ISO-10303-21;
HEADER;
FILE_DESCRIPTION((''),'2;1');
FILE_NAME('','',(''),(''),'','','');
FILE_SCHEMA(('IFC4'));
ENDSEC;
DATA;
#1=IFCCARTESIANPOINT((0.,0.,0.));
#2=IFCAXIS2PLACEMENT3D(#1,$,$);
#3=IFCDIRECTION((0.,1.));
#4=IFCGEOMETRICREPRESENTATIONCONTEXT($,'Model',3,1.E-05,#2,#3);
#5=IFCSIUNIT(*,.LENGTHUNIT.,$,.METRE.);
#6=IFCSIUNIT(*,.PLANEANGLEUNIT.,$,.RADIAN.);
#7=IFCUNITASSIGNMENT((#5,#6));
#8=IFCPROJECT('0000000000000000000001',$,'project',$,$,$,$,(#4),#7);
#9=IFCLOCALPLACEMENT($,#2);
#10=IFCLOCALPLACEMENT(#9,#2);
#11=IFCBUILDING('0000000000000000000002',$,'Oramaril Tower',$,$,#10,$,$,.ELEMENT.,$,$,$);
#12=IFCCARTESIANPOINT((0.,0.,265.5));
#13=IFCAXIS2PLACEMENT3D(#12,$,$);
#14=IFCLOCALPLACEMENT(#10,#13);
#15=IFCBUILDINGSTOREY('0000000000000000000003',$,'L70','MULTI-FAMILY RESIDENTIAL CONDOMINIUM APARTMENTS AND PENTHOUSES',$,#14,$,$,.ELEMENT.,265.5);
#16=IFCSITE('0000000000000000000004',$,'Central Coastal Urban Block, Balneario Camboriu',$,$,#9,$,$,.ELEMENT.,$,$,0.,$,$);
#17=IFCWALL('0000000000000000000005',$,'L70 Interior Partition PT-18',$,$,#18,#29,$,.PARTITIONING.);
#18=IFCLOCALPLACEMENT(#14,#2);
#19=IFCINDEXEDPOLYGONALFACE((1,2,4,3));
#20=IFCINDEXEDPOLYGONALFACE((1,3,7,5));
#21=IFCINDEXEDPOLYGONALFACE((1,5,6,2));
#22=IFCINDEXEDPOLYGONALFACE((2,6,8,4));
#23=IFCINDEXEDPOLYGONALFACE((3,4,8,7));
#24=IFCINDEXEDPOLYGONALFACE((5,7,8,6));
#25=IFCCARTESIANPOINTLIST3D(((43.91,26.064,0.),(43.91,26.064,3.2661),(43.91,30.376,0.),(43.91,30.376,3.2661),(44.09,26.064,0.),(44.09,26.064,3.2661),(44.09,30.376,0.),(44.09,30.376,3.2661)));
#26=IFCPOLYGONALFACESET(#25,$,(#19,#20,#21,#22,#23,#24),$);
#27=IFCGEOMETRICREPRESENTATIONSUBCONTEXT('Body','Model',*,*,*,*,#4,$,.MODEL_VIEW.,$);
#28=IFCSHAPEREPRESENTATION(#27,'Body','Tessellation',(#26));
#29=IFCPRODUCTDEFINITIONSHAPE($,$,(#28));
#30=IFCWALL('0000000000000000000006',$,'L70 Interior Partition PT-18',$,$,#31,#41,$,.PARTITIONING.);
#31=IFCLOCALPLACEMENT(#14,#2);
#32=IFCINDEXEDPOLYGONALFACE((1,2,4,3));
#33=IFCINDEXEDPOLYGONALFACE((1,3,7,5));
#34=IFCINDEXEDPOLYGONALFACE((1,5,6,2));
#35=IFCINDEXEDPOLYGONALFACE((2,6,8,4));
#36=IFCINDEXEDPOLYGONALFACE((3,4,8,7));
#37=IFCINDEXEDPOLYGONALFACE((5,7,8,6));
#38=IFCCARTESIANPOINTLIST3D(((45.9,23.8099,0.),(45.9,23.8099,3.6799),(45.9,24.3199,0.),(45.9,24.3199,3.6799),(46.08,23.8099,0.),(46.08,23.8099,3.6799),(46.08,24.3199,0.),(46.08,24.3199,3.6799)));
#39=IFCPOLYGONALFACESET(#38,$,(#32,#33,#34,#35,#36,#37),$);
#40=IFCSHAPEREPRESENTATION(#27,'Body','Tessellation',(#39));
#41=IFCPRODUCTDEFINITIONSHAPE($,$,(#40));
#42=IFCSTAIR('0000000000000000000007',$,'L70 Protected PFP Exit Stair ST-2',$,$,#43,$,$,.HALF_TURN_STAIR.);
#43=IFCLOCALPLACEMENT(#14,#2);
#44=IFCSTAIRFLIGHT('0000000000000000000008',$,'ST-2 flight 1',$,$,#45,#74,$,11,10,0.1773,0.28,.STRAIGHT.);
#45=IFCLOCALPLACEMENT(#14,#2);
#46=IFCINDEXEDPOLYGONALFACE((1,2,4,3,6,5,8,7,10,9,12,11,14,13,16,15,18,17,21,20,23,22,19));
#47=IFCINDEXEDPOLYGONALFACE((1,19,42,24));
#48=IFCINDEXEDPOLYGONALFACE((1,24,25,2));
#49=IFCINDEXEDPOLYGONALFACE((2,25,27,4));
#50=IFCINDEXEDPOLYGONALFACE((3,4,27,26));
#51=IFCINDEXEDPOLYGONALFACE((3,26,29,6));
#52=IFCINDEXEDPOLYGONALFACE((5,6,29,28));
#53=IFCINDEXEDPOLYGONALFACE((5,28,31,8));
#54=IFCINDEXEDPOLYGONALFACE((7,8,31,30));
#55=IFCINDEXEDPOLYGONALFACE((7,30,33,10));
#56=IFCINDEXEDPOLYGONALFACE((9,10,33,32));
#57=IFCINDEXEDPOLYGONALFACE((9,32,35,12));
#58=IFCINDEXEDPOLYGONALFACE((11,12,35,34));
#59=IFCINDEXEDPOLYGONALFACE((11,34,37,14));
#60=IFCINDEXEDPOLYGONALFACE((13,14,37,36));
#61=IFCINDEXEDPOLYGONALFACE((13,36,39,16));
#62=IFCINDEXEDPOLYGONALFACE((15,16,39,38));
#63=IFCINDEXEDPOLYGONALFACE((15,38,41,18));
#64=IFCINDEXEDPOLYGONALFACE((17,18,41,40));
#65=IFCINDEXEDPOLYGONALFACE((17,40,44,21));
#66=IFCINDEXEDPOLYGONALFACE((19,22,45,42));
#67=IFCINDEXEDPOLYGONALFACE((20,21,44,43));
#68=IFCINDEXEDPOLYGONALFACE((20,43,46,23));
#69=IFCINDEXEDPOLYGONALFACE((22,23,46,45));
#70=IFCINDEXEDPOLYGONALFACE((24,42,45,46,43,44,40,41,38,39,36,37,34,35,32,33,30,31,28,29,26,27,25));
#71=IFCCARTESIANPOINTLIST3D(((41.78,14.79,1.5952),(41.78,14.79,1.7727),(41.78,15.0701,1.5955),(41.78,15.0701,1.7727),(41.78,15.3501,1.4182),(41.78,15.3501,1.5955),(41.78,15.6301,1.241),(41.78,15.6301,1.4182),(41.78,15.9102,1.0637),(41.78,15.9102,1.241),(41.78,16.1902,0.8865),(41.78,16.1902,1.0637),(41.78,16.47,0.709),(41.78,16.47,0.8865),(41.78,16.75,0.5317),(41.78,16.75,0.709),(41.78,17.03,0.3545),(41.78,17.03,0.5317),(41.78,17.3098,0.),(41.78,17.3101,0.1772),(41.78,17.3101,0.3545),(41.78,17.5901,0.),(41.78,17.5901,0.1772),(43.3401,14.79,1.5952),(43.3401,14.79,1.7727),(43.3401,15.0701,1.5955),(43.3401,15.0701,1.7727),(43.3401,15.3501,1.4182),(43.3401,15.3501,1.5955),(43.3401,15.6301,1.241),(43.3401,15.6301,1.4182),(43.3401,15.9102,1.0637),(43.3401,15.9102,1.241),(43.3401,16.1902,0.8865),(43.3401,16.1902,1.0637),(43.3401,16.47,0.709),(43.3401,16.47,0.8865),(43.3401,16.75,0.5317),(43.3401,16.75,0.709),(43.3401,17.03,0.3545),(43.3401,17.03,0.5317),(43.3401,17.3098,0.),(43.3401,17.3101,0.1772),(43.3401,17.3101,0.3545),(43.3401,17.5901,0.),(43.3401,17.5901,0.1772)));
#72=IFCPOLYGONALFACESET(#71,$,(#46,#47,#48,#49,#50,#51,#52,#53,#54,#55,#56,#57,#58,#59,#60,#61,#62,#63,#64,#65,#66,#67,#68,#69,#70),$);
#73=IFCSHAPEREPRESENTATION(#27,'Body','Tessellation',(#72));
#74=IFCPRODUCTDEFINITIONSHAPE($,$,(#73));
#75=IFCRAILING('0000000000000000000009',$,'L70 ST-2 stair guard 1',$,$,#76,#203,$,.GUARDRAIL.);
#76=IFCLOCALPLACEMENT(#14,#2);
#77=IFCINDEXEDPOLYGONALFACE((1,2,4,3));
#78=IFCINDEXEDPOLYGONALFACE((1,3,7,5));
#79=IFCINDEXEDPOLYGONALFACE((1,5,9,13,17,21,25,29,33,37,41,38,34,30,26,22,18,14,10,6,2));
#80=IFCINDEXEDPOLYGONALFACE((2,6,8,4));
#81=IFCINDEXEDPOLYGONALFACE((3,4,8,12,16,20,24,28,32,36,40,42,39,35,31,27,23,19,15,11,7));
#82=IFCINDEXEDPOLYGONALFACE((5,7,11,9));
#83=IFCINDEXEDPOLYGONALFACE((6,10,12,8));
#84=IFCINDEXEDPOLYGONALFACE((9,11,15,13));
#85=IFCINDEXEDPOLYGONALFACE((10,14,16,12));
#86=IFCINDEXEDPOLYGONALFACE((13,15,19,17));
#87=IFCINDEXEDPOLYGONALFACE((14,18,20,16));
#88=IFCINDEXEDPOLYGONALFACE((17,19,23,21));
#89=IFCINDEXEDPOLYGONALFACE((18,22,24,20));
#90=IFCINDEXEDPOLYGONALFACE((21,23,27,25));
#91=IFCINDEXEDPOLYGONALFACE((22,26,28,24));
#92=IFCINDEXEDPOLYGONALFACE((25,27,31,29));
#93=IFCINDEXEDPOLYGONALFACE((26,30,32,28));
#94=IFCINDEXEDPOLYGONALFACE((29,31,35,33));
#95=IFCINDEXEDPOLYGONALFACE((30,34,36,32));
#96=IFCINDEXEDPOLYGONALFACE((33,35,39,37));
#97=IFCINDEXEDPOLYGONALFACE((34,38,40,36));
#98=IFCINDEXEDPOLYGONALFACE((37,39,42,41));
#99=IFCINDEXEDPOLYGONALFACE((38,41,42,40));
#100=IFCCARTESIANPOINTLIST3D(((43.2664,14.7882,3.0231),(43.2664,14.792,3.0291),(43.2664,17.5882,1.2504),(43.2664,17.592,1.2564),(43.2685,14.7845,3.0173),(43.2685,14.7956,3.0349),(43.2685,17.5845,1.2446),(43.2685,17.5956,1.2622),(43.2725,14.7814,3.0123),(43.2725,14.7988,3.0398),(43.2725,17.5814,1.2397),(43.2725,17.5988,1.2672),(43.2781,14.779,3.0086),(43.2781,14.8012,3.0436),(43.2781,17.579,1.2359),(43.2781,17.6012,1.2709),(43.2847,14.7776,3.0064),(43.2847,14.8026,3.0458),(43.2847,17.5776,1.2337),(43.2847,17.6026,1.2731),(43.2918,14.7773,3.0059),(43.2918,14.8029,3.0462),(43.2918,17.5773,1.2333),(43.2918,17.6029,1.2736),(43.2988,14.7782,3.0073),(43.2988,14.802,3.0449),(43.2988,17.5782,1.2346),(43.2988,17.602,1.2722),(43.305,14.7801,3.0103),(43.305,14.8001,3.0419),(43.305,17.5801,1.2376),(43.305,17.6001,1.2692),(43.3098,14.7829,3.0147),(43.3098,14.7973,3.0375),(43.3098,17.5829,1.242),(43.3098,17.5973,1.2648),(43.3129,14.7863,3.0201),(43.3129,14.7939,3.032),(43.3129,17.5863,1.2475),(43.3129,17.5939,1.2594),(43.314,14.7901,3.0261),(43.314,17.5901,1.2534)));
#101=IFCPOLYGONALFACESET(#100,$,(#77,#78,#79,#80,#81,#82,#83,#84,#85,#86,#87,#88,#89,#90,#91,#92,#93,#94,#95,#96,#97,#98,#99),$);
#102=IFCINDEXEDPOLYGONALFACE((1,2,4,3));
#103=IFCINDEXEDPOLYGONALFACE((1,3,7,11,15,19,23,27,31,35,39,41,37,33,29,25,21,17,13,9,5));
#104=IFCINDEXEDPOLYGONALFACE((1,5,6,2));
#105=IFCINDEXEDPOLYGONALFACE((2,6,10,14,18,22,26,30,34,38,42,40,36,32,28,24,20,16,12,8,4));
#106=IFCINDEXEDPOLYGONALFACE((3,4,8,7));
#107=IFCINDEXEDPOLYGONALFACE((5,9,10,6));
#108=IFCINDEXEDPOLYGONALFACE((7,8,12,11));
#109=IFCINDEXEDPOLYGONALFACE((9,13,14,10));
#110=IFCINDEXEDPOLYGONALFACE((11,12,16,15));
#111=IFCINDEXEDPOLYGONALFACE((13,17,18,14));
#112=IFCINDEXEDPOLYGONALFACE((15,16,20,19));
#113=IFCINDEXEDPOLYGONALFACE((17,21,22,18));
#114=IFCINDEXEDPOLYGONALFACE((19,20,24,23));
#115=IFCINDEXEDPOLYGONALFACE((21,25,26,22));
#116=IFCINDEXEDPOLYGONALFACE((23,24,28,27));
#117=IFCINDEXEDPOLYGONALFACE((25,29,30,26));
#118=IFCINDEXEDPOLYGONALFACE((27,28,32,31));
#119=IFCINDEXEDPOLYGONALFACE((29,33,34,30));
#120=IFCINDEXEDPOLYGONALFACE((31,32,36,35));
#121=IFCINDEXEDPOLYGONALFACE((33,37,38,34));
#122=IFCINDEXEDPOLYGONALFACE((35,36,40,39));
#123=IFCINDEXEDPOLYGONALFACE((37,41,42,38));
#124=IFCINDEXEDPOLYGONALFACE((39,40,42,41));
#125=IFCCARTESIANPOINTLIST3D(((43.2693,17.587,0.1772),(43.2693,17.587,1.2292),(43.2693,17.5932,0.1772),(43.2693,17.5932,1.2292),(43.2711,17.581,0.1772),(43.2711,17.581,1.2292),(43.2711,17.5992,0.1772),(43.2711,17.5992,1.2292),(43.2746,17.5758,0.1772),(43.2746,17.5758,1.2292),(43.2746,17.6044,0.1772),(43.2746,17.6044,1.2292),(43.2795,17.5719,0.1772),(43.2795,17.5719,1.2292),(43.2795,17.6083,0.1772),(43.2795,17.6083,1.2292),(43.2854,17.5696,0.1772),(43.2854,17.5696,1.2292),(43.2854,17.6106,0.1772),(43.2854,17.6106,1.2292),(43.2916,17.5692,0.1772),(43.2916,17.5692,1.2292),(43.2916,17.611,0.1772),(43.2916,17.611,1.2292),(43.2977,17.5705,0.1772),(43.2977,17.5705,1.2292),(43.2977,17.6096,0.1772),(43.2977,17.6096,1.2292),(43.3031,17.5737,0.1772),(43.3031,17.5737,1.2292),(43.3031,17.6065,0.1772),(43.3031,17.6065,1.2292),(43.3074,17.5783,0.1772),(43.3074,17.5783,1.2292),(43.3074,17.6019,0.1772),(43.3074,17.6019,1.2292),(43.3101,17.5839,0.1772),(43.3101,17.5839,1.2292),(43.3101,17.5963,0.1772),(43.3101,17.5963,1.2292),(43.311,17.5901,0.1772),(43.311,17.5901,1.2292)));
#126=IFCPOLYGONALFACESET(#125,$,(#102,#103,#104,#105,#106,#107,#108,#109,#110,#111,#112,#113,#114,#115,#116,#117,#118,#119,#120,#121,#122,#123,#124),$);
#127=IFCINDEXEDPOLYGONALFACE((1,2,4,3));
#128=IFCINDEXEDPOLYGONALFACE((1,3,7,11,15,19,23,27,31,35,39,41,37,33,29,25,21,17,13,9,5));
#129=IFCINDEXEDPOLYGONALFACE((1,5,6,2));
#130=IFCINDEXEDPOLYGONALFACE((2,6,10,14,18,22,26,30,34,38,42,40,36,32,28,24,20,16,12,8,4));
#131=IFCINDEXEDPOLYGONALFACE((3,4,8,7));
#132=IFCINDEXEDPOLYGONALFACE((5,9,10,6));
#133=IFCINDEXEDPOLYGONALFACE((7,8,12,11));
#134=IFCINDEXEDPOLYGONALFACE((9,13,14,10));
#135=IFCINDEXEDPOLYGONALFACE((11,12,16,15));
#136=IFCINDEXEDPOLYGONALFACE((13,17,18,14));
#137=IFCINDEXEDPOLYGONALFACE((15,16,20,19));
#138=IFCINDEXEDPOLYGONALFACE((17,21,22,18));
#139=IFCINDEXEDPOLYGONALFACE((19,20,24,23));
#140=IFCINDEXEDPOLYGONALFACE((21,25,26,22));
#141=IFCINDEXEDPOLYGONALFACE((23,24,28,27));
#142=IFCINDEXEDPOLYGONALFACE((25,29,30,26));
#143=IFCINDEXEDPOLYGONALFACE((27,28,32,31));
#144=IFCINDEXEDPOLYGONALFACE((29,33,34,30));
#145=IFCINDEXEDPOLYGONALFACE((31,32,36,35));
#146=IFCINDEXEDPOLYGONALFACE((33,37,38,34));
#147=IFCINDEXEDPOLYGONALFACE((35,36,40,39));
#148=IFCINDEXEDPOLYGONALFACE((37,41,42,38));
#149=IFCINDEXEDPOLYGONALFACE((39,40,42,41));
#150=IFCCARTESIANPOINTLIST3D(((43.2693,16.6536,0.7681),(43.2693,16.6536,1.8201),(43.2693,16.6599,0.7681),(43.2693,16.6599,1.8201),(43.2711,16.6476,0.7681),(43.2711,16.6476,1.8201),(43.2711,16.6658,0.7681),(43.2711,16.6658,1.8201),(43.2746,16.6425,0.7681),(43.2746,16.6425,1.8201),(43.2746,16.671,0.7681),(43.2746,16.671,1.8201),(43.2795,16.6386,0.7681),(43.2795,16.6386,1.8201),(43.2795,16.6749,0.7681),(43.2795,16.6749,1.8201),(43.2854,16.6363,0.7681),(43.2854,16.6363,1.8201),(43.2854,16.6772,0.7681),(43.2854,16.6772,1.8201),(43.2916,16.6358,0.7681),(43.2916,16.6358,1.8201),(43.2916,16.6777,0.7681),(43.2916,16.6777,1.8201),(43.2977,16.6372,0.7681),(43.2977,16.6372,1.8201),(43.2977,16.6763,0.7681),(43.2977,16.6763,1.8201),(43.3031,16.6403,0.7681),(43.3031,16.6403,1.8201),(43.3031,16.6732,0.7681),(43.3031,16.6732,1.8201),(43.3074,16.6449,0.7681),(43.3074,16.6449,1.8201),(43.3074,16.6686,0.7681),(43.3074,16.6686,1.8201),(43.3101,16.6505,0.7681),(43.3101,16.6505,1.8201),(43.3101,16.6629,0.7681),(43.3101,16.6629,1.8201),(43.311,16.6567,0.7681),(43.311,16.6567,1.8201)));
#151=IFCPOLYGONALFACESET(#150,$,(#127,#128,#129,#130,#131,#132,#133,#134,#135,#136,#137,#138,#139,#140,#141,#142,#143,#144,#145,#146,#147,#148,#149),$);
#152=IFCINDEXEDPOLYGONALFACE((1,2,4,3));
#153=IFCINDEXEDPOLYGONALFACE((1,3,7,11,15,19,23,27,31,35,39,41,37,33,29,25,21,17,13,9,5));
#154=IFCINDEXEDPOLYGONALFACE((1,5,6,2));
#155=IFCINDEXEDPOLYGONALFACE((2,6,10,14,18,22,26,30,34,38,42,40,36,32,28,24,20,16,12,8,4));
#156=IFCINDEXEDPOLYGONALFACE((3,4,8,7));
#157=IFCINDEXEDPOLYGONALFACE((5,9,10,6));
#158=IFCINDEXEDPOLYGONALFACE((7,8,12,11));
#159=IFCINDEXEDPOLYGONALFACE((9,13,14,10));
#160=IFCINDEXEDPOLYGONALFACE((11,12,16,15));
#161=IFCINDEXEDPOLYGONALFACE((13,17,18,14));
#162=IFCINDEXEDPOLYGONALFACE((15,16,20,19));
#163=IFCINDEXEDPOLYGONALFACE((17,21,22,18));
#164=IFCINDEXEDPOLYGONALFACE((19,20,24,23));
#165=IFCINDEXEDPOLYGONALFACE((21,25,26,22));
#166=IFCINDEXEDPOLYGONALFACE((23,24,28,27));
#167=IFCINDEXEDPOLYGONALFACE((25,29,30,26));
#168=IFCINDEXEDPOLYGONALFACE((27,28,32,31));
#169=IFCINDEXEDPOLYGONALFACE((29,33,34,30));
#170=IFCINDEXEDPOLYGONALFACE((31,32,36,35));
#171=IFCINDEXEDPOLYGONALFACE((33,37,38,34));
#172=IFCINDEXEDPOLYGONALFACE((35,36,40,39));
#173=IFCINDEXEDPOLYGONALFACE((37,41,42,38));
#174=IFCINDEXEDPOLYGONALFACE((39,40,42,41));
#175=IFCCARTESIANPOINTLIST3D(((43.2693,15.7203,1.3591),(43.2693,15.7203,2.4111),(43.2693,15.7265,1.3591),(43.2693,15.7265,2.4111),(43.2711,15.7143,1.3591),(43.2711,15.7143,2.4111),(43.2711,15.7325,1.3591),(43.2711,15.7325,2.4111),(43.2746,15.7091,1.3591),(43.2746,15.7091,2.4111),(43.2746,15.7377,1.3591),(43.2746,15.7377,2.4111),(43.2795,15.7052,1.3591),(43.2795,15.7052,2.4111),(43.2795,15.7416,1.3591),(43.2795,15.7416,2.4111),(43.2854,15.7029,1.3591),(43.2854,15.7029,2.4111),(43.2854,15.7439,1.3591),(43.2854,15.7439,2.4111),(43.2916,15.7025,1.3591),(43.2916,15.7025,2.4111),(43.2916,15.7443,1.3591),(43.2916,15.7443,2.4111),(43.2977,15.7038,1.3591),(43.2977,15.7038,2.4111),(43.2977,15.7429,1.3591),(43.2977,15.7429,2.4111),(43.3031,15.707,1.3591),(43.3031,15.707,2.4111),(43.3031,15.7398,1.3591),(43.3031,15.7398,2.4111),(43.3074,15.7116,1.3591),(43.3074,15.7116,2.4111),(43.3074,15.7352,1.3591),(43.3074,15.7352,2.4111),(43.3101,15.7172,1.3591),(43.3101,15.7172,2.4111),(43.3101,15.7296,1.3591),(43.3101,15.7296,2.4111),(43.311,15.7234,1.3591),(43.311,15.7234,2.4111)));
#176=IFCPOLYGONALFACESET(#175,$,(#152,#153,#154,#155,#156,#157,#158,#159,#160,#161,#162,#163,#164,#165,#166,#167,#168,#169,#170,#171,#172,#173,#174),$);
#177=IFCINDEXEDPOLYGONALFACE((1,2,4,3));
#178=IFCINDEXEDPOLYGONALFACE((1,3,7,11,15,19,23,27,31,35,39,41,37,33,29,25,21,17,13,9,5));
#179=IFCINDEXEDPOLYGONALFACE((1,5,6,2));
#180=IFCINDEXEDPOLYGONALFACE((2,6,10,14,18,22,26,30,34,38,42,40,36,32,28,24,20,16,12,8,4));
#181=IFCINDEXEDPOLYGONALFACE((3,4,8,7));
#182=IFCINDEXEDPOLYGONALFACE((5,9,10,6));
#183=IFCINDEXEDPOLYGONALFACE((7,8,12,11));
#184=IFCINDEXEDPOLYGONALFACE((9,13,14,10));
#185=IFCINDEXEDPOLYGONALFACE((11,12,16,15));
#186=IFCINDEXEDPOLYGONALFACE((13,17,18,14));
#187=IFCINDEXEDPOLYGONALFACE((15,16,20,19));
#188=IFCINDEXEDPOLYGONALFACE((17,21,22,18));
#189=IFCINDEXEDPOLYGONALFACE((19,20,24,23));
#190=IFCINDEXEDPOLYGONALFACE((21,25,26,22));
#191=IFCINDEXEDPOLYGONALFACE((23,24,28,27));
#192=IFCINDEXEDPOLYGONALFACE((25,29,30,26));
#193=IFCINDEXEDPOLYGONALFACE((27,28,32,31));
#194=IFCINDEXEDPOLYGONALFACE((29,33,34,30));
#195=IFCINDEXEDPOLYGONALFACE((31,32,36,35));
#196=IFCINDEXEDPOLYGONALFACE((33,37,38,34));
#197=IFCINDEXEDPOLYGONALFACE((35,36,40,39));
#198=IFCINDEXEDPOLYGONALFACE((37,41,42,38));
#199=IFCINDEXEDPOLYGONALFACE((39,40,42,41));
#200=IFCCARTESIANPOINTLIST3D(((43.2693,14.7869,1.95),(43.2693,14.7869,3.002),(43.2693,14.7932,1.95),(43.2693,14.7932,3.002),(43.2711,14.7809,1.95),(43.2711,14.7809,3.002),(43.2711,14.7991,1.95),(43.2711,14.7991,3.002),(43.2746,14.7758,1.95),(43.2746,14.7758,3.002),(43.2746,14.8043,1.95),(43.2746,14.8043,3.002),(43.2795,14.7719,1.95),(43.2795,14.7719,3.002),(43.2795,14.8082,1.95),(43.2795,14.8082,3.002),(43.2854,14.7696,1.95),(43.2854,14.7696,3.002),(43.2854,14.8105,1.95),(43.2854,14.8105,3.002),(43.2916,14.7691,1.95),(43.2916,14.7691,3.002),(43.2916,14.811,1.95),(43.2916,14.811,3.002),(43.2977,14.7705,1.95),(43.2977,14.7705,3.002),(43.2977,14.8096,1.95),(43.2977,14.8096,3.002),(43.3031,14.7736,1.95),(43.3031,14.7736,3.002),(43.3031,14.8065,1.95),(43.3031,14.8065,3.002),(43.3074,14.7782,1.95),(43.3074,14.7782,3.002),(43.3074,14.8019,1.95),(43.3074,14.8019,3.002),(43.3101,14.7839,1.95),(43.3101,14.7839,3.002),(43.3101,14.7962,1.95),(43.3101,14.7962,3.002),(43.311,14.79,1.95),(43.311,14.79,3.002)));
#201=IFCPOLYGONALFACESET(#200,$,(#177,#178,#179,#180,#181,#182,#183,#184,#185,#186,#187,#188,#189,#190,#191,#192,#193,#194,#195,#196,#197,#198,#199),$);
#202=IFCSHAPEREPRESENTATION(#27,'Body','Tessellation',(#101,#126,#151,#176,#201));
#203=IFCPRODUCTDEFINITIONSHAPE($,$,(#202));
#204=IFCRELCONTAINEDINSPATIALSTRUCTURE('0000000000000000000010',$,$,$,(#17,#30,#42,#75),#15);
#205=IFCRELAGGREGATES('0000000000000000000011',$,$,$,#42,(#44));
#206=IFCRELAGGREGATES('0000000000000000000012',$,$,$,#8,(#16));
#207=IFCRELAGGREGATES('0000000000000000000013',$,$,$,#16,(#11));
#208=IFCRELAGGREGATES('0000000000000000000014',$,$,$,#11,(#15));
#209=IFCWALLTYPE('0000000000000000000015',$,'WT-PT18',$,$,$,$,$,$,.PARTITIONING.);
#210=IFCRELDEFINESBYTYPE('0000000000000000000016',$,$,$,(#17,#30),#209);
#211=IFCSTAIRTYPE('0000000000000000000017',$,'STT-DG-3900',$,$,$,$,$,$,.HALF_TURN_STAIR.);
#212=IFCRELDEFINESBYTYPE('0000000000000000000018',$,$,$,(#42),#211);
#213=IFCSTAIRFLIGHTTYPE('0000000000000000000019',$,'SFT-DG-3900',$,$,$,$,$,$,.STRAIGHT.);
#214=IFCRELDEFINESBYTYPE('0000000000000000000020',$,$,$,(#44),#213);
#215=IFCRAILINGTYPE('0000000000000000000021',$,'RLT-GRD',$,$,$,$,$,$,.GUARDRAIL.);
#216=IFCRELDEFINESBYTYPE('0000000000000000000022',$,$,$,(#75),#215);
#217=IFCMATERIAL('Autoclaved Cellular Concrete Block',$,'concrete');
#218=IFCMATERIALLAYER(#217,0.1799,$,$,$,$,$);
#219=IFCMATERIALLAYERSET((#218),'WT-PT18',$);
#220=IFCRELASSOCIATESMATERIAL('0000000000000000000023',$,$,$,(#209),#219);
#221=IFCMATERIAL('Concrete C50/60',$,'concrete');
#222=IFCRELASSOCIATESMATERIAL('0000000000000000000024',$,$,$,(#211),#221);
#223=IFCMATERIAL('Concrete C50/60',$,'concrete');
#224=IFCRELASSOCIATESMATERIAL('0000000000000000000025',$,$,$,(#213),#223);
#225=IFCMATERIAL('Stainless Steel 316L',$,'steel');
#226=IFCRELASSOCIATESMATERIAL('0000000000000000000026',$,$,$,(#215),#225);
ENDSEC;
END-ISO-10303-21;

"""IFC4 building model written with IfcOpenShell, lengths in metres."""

from ifc_helpers import new_model, si_unit, direction, frame, frame_2d, origin, origin_2d, place, context, subcontext, project, spatial, polyline, rectangle, circle, outline, extrude, material, layer, layer_set, type_object, element, aggregate, save


model = new_model("IFC4")

# Units and contexts
model_context = context("Model", 3, precision=1e-05, world=origin(), true_north=direction((0.0, 1.0)))
body_context = subcontext(model_context, "Body", "Model", "MODEL_VIEW")
ifc_project = project(units=[si_unit("LENGTHUNIT", "METRE"), si_unit("PLANEANGLEUNIT", "RADIAN")], contexts=[model_context])

# Site, building, storey
site_placement = place(None, origin())
site = spatial("IfcSite", under=ifc_project, at=site_placement, Name="Central Coastal Urban Block, Balneario Camboriu", CompositionType="ELEMENT", RefElevation=0.0)
building_placement = place(site_placement, origin())
building = spatial("IfcBuilding", under=site, at=building_placement, Name="Oramaril Tower", CompositionType="ELEMENT")
storey_placement = place(building_placement, frame((0.0, 0.0, 265.5)))
storey = spatial("IfcBuildingStorey", under=building, at=storey_placement, Name="L70", Description="MULTI-FAMILY RESIDENTIAL CONDOMINIUM APARTMENTS AND PENTHOUSES", CompositionType="ELEMENT", Elevation=265.5)

# Walls
ifc_material_1 = material(Name="Autoclaved Cellular Concrete Block", Category="concrete")
ifc_layer_1 = layer(ifc_material_1, 0.1799)
ifc_layer_set_1 = layer_set([ifc_layer_1], Name="WT-PT18")
wall_type_1 = type_object("IfcWallType", Name="WT-PT18", PredefinedType="PARTITIONING", material=ifc_layer_set_1)
wall_1_placement = place(storey_placement, frame((44.0, 26.064, 0.0), z_axis=(0.0, 0.0, 1.0), x_axis=(0.0, 1.0, 0.0)))
element("IfcWall", 1, at=wall_1_placement, inside=storey, type_object=wall_type_1, Name="L70 Interior Partition PT-18", PredefinedType="PARTITIONING", context=body_context, shape_type="SweptSolid", body=[
    extrude(rectangle(XDim=4.312, YDim=0.1799, at=frame_2d((2.156, 0.0))), origin(), (0.0, 0.0, 1.0), 3.2661),
])
wall_2_placement = place(storey_placement, frame((45.99, 23.8101, 0.0), z_axis=(0.0, 0.0, 1.0), x_axis=(0.0, 1.0, 0.0)))
element("IfcWall", 2, at=wall_2_placement, inside=storey, type_object=wall_type_1, Name="L70 Interior Partition PT-18", PredefinedType="PARTITIONING", context=body_context, shape_type="SweptSolid", body=[
    extrude(rectangle(XDim=0.51, YDim=0.1799, at=frame_2d((0.2549, 0.0))), origin(), (0.0, 0.0, 1.0), 3.6799),
])

# Stair, stair flight
ifc_material_2 = material(Name="Concrete C50/60", Category="concrete")
stair_type = type_object("IfcStairType", Name="STT-DG-3900", PredefinedType="HALF_TURN_STAIR", material=ifc_material_2)
stair_placement = place(storey_placement, origin())
stair = element("IfcStair", 3, at=stair_placement, inside=storey, type_object=stair_type, Name="L70 Protected PFP Exit Stair ST-2", PredefinedType="HALF_TURN_STAIR")
ifc_material_3 = material(Name="Concrete C50/60", Category="concrete")
stair_flight_type = type_object("IfcStairFlightType", Name="SFT-DG-3900", PredefinedType="STRAIGHT", material=ifc_material_3)
stair_flight_placement = place(storey_placement, frame((42.5601, 17.5901, 0.0), z_axis=(0.0, 0.0, 1.0), x_axis=(0.0, -1.0, 0.0)))
stair_flight = element("IfcStairFlight", 4, at=stair_flight_placement, type_object=stair_flight_type, Name="ST-2 flight 1", NumberOfRisers=11, NumberOfTreads=10, PredefinedType="STRAIGHT", RiserHeight=0.1773, TreadLength=0.28, context=body_context, shape_type="SweptSolid", body=[
    extrude(outline(polyline([(0.0, 0.0), (0.0, 0.1772), (0.28, 0.1772), (0.28, 0.3545), (0.5601, 0.3545), (0.5601, 0.5317), (0.8401, 0.5317), (0.8401, 0.709), (1.1201, 0.709), (1.1201, 0.8865), (1.3999, 0.8865), (1.3999, 1.0637), (1.6799, 1.0637), (1.6799, 1.241), (1.96, 1.241), (1.96, 1.4182), (2.24, 1.4182), (2.24, 1.5955), (2.52, 1.5955), (2.52, 1.7727), (2.8, 1.7727), (2.8, 1.95), (2.8, 1.5952), (0.2803, 0.0), (0.0, 0.0)])), frame((0.0, 0.78, 0.0), z_axis=(0.0, -1.0, 0.0), x_axis=(1.0, 0.0, 0.0)), (0.0, 0.0, 1.0), 1.5601),
])
aggregate(stair, [stair_flight])

# Railing
ifc_material_4 = material(Name="Stainless Steel 316L", Category="steel")
railing_type_1 = type_object("IfcRailingType", Name="RLT-GRD", PredefinedType="GUARDRAIL", material=ifc_material_4)
railing_1_placement = place(storey_placement, frame((43.29, 17.5901, 0.1772)))
element("IfcRailing", 5, at=railing_1_placement, inside=storey, type_object=railing_type_1, Name="L70 ST-2 stair guard 1", PredefinedType="GUARDRAIL", context=body_context, shape_type="SweptSolid", body=[
    extrude(circle(Radius=0.0239, at=origin_2d()), frame((0.0, 0.0, 1.0762), z_axis=(0.0, -0.844909, 0.53491), x_axis=(1.0, 0.0, 0.0)), (0.0, 0.0, 1.0), 3.314),
    extrude(circle(Radius=0.021, at=origin_2d()), origin(), (0.0, 0.0, 1.0), 1.052),
    extrude(circle(Radius=0.021, at=origin_2d()), frame((0.0, -0.9333, 0.5908)), (0.0, 0.0, 1.0), 1.052),
    extrude(circle(Radius=0.021, at=origin_2d()), frame((0.0, -1.8667, 1.1819)), (0.0, 0.0, 1.0), 1.052),
    extrude(circle(Radius=0.021, at=origin_2d()), frame((0.0, -2.8, 1.7727)), (0.0, 0.0, 1.0), 1.052),
])

save(model, "model.ifc")
